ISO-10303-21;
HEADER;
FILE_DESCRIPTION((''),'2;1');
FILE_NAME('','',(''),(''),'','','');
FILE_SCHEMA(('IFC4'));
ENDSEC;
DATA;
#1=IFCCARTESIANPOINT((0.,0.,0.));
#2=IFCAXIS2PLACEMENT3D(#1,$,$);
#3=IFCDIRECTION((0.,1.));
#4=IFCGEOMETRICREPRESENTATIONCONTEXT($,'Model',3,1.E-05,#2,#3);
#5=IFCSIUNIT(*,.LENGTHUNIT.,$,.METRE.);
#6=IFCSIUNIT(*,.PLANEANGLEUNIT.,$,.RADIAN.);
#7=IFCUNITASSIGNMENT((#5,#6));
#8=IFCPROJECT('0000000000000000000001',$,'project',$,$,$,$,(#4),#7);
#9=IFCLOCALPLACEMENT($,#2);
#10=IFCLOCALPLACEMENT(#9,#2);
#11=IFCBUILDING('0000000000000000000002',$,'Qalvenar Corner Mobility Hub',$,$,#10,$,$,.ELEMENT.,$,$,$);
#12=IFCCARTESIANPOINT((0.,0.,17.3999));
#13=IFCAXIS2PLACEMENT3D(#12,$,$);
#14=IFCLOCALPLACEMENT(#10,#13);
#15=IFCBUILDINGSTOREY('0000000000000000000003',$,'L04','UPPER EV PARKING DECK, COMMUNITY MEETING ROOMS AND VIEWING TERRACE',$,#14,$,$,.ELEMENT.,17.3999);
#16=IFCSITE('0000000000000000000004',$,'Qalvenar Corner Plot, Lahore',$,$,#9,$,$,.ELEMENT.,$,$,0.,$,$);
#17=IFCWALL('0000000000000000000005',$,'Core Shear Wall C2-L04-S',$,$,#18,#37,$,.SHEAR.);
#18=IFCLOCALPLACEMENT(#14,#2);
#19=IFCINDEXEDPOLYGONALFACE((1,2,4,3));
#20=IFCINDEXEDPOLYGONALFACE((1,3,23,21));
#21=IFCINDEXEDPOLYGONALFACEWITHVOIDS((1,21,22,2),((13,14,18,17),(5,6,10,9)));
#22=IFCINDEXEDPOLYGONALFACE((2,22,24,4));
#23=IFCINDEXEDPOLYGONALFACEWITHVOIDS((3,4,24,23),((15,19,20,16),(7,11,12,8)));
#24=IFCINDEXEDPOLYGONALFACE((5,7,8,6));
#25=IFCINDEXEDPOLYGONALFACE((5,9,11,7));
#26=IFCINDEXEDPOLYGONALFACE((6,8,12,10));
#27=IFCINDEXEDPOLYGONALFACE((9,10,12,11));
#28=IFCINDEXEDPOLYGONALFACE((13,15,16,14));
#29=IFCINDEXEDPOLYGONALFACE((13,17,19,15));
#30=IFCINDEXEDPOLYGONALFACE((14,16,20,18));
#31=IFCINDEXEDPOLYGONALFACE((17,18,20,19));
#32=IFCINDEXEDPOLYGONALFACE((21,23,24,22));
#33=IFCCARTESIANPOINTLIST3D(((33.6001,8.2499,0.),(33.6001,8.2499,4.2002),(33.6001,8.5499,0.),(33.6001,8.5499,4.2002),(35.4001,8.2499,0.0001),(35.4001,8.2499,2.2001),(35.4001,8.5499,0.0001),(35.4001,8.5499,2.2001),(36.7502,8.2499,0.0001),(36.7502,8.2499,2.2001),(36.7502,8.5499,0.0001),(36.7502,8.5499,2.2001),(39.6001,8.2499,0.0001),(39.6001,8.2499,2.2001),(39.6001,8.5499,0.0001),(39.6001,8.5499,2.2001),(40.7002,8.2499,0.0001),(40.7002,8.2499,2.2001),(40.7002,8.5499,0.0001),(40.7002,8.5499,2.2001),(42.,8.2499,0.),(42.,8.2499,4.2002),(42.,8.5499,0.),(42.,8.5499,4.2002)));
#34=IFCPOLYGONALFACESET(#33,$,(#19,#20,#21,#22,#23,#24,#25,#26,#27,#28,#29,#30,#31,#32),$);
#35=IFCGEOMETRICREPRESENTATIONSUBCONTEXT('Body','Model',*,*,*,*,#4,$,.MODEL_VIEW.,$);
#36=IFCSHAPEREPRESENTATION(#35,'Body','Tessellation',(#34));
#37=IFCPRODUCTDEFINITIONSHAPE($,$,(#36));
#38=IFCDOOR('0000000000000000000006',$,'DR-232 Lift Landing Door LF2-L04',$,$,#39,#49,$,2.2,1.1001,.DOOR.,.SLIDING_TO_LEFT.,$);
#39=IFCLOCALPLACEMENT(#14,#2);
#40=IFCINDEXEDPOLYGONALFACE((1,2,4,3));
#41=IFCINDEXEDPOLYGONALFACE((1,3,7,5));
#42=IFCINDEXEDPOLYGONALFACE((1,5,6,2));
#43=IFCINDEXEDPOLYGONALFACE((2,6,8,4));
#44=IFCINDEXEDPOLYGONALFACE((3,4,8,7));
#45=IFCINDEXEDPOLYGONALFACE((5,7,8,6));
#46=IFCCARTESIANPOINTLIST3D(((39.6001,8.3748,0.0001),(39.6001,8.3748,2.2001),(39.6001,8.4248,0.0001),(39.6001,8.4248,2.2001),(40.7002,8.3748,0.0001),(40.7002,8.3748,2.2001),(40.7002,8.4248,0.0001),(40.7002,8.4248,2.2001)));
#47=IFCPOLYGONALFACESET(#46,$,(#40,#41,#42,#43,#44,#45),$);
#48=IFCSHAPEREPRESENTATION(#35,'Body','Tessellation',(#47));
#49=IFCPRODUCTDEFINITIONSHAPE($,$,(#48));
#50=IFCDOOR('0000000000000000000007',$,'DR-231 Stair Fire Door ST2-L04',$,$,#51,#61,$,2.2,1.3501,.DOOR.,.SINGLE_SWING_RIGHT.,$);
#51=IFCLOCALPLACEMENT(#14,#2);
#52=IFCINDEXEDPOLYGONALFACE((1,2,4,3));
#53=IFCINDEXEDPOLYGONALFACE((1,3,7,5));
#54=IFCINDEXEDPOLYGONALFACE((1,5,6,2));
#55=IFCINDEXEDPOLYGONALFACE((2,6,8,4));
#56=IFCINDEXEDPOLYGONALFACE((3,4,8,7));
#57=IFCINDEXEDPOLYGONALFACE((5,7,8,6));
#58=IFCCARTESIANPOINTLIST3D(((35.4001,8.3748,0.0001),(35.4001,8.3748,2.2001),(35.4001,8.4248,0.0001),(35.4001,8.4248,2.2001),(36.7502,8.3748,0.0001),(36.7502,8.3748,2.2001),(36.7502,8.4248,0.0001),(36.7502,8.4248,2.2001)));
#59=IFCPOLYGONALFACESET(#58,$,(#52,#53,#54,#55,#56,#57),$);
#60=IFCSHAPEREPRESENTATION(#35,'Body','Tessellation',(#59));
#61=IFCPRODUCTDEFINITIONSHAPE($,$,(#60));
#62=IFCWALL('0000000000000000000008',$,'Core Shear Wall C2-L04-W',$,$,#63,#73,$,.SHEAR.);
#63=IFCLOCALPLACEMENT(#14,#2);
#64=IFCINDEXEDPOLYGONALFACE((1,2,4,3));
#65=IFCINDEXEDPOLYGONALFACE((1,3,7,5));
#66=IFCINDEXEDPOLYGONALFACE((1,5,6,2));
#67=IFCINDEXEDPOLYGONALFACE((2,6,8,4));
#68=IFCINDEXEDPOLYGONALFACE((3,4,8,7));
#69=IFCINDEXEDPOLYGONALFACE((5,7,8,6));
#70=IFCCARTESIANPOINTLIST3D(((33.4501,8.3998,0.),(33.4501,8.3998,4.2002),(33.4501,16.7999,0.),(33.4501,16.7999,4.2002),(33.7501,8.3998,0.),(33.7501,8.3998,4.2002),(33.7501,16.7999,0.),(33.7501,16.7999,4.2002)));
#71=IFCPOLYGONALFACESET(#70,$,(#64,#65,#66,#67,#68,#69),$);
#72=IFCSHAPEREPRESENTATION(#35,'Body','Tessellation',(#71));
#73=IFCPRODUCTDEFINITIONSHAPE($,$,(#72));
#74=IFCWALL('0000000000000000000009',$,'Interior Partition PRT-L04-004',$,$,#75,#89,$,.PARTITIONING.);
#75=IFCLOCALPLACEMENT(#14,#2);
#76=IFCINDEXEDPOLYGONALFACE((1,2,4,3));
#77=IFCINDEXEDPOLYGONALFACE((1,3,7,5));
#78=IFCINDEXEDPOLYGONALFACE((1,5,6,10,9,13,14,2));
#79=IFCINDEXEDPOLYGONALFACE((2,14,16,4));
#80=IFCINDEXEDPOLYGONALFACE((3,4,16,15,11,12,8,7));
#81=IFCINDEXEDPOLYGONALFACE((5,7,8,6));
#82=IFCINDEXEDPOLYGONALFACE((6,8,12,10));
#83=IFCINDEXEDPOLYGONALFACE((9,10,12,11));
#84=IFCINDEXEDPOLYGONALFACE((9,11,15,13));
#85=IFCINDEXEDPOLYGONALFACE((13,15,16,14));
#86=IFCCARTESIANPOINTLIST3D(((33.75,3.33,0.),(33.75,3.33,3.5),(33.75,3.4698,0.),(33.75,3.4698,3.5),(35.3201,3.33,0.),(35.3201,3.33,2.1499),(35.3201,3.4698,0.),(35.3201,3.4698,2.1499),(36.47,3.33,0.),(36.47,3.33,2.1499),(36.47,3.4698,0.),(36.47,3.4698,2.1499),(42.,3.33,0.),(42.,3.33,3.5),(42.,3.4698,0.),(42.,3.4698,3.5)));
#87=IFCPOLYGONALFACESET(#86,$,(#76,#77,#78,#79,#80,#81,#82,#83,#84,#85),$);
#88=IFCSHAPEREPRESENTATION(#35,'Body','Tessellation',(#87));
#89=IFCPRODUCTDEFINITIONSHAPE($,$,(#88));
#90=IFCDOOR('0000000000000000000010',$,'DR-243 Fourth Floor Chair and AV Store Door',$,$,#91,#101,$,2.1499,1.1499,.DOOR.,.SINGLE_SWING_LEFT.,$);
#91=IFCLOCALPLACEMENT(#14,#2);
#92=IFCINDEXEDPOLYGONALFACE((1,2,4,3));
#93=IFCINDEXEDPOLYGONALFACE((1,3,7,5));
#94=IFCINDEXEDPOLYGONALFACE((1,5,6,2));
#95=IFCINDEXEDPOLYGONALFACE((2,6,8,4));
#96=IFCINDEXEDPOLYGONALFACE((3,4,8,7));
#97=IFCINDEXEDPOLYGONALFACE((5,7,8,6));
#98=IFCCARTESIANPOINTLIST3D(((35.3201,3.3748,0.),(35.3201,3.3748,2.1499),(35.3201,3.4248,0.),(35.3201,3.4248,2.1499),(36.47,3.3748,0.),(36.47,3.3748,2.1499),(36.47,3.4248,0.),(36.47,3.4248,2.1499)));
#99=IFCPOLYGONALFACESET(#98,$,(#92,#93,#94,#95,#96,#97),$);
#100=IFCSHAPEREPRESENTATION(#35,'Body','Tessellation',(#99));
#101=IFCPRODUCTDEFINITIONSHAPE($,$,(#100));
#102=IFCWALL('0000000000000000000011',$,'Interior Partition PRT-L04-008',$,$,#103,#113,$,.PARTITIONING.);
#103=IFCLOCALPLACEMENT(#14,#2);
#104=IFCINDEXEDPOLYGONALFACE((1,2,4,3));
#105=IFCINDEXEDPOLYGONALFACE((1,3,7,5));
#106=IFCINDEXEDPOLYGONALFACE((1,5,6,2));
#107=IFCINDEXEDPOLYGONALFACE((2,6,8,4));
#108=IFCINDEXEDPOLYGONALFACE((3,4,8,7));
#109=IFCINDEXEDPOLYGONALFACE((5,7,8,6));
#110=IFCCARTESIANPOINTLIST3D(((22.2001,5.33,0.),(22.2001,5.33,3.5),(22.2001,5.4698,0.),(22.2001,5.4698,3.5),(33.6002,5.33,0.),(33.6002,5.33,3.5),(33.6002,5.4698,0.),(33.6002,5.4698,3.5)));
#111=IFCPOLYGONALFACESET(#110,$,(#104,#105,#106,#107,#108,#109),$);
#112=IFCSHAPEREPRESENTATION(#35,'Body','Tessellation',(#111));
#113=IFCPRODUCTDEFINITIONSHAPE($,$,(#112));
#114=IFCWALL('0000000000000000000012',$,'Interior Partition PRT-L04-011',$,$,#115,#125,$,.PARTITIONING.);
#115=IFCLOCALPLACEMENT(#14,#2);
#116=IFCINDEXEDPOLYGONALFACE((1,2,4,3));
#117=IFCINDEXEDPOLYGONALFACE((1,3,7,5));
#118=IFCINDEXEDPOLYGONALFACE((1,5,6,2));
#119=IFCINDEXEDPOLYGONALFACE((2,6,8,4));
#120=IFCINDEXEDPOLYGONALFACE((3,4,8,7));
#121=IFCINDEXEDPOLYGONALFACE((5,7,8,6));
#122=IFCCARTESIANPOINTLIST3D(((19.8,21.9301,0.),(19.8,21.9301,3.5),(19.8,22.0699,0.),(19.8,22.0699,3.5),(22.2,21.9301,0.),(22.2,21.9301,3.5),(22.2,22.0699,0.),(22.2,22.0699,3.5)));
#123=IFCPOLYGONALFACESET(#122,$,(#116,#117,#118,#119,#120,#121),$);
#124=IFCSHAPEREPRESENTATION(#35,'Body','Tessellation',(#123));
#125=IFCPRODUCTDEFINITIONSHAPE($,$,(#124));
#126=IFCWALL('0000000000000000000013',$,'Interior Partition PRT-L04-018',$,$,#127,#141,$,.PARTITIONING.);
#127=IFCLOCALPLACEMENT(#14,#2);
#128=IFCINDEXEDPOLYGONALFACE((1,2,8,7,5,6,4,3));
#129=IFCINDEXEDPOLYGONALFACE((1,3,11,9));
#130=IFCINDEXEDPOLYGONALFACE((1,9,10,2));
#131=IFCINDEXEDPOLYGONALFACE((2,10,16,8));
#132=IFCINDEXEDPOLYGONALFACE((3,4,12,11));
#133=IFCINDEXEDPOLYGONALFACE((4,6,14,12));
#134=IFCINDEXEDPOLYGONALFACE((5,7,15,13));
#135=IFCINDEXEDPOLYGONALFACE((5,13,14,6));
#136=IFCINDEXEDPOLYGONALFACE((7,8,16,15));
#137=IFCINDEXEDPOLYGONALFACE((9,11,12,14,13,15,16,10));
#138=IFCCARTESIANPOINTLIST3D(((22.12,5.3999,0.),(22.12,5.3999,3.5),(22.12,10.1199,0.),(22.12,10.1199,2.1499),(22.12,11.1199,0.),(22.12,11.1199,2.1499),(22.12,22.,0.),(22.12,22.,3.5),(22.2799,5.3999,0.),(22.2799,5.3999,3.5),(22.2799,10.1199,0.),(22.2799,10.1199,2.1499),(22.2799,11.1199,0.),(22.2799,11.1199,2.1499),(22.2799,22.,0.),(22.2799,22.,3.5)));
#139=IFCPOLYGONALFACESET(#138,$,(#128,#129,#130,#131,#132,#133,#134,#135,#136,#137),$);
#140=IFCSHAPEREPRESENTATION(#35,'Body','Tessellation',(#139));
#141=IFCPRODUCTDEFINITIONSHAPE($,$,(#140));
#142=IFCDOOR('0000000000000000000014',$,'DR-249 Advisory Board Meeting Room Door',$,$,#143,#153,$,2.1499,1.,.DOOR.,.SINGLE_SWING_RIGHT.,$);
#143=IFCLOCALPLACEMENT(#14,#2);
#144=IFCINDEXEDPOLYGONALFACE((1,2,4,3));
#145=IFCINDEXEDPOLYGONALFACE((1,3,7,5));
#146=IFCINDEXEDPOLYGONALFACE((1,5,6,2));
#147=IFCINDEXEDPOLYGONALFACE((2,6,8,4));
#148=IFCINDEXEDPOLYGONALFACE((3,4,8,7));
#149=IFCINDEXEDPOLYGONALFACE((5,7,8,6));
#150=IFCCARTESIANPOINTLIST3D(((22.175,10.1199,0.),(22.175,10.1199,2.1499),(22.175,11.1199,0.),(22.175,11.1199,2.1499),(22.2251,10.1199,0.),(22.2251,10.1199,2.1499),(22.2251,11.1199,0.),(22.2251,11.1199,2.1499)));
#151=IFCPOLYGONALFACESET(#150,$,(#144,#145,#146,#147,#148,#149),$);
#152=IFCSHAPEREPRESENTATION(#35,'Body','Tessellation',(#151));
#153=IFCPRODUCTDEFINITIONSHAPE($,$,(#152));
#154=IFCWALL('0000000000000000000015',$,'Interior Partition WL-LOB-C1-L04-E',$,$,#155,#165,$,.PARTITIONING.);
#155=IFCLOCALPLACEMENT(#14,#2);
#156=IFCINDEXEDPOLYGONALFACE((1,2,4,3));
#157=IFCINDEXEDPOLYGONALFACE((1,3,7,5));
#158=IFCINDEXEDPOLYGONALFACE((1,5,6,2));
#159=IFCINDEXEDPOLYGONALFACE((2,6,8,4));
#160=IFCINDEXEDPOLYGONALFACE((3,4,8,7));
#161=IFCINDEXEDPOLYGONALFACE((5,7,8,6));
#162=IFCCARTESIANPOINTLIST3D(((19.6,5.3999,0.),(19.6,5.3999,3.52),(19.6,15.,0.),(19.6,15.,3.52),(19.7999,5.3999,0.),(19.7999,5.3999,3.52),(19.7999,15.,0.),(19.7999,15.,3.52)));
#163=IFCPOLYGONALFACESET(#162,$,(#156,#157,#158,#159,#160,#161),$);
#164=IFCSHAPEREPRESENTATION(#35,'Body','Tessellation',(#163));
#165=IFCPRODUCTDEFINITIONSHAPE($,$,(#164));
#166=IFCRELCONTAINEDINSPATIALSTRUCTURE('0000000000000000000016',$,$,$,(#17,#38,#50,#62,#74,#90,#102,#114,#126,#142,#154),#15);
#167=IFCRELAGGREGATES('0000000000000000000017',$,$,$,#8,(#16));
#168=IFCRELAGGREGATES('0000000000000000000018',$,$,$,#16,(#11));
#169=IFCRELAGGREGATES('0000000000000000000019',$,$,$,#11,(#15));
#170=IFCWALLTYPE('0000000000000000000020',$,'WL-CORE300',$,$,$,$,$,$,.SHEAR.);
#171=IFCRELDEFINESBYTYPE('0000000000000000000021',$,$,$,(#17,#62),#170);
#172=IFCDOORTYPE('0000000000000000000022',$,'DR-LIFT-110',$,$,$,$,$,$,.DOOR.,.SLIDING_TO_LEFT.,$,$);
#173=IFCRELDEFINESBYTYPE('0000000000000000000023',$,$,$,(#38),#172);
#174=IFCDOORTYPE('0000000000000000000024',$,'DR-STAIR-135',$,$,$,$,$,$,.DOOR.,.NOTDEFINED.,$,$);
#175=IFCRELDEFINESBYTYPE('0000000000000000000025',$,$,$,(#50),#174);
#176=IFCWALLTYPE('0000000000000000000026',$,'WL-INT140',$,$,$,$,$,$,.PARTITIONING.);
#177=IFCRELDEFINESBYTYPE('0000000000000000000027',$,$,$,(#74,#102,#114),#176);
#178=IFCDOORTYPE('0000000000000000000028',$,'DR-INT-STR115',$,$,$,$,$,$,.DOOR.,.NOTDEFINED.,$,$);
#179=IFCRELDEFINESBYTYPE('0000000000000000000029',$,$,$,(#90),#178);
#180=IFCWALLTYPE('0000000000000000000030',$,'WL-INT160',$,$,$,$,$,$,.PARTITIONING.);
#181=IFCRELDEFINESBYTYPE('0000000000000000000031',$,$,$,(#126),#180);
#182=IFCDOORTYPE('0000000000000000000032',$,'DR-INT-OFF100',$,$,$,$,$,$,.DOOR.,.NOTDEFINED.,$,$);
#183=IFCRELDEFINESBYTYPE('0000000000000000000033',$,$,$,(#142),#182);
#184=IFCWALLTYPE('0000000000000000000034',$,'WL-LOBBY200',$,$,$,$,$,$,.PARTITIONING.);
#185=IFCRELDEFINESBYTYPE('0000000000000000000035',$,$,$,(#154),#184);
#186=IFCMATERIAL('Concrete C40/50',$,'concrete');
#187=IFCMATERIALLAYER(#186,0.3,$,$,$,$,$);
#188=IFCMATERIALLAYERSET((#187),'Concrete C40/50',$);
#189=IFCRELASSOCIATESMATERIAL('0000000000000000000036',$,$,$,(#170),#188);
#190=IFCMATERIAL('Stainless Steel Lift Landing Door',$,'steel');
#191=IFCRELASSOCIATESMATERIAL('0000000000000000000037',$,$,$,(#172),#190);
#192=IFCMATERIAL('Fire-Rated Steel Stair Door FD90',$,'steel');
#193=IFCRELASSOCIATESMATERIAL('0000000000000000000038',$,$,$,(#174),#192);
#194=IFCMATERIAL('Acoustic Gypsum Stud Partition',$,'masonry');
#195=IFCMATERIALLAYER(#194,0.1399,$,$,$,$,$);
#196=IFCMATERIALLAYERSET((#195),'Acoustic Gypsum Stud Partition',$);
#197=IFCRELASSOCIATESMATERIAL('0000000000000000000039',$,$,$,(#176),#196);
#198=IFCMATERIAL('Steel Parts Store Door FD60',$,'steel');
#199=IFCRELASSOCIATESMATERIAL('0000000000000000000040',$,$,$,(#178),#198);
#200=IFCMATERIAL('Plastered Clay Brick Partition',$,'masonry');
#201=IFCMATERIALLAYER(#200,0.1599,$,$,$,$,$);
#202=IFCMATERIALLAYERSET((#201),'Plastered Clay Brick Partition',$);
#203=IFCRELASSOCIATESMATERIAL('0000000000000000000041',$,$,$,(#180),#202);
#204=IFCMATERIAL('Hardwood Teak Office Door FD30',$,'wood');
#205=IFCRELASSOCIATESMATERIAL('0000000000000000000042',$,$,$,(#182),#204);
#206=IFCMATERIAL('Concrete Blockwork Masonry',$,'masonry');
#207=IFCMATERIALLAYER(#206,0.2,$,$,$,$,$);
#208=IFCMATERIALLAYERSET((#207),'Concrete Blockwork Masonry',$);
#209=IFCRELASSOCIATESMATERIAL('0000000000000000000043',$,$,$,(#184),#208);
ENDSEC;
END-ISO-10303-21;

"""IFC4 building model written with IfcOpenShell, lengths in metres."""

from ifc_helpers import new_model, si_unit, direction, frame, frame_2d, origin, place, context, subcontext, project, spatial, rectangle, extrude, material, layer, layer_set, type_object, element, fill, save


model = new_model("IFC4")

# Units and contexts
model_context = context("Model", 3, precision=1e-05, world=origin(), true_north=direction((0.0, 1.0)))
body_context = subcontext(model_context, "Body", "Model", "MODEL_VIEW")
ifc_project = project(units=[si_unit("LENGTHUNIT", "METRE"), si_unit("PLANEANGLEUNIT", "RADIAN")], contexts=[model_context])

# Site, building, storey
site_placement = place(None, origin())
site = spatial("IfcSite", under=ifc_project, at=site_placement, Name="Qalvenar Corner Plot, Lahore", CompositionType="ELEMENT", RefElevation=0.0)
building_placement = place(site_placement, origin())
building = spatial("IfcBuilding", under=site, at=building_placement, Name="Qalvenar Corner Mobility Hub", CompositionType="ELEMENT")
storey_placement = place(building_placement, frame((0.0, 0.0, 17.3999)))
storey = spatial("IfcBuildingStorey", under=building, at=storey_placement, Name="L04", Description="UPPER EV PARKING DECK, COMMUNITY MEETING ROOMS AND VIEWING TERRACE", CompositionType="ELEMENT", Elevation=17.3999)

# Wall, openings, doors
ifc_material_1 = material(Name="Concrete C40/50", Category="concrete")
ifc_layer_1 = layer(ifc_material_1, 0.3)
ifc_layer_set_1 = layer_set([ifc_layer_1], Name="Concrete C40/50")
wall_type_1 = type_object("IfcWallType", Name="WL-CORE300", PredefinedType="SHEAR", material=ifc_layer_set_1)
wall_1_placement = place(storey_placement, frame((33.6001, 8.3999, 0.0), z_axis=(0.0, 0.0, 1.0), x_axis=(1.0, 0.0, 0.0)))
wall_1 = element("IfcWall", 1, at=wall_1_placement, inside=storey, type_object=wall_type_1, Name="Core Shear Wall C2-L04-S", PredefinedType="SHEAR", context=body_context, shape_type="SweptSolid", body=[
    extrude(rectangle(XDim=8.3999, YDim=0.3, at=frame_2d((4.2, 0.0))), origin(), (0.0, 0.0, 1.0), 4.2002),
])
opening_1_placement = place(wall_1_placement, frame((1.8, 0.0, 0.0)))
opening_1 = element("IfcOpeningElement", 2, at=opening_1_placement, cuts=wall_1, PredefinedType="OPENING", context=body_context, shape_type="SweptSolid", body=[
    extrude(rectangle(XDim=1.3501, YDim=2.2, at=frame_2d((0.675, 1.1001))), frame((0.0, 0.1602, 0.0), z_axis=(0.0, -1.0, 0.0), x_axis=(1.0, 0.0, 0.0)), (0.0, 0.0, 1.0), 0.3201),
])
opening_2_placement = place(wall_1_placement, frame((6.0, 0.0, 0.0)))
opening_2 = element("IfcOpeningElement", 3, at=opening_2_placement, cuts=wall_1, PredefinedType="OPENING", context=body_context, shape_type="SweptSolid", body=[
    extrude(rectangle(XDim=1.1001, YDim=2.2, at=frame_2d((0.55, 1.1001))), frame((0.0, 0.1602, 0.0), z_axis=(0.0, -1.0, 0.0), x_axis=(1.0, 0.0, 0.0)), (0.0, 0.0, 1.0), 0.3201),
])
ifc_material_2 = material(Name="Stainless Steel Lift Landing Door", Category="steel")
door_type_1 = type_object("IfcDoorType", Name="DR-LIFT-110", OperationType="SLIDING_TO_LEFT", PredefinedType="DOOR", material=ifc_material_2)
door_1_placement = place(opening_2_placement, origin())
door_1 = element("IfcDoor", 4, at=door_1_placement, inside=storey, type_object=door_type_1, Name="DR-232 Lift Landing Door LF2-L04", OperationType="SLIDING_TO_LEFT", OverallHeight=2.2, OverallWidth=1.1001, PredefinedType="DOOR", context=body_context, shape_type="SweptSolid", body=[
    extrude(rectangle(XDim=1.1001, YDim=2.2, at=frame_2d((0.55, 1.1001))), frame((0.0, 0.0249, 0.0), z_axis=(0.0, -1.0, 0.0), x_axis=(1.0, 0.0, 0.0)), (0.0, 0.0, 1.0), 0.05),
])
fill(opening_2, door_1)
ifc_material_3 = material(Name="Fire-Rated Steel Stair Door FD90", Category="steel")
door_type_2 = type_object("IfcDoorType", Name="DR-STAIR-135", OperationType="NOTDEFINED", PredefinedType="DOOR", material=ifc_material_3)
door_2_placement = place(opening_1_placement, origin())
door_2 = element("IfcDoor", 5, at=door_2_placement, inside=storey, type_object=door_type_2, Name="DR-231 Stair Fire Door ST2-L04", OperationType="SINGLE_SWING_RIGHT", OverallHeight=2.2, OverallWidth=1.3501, PredefinedType="DOOR", context=body_context, shape_type="SweptSolid", body=[
    extrude(rectangle(XDim=1.3501, YDim=2.2, at=frame_2d((0.675, 1.1001))), frame((0.0, 0.0249, 0.0), z_axis=(0.0, -1.0, 0.0), x_axis=(1.0, 0.0, 0.0)), (0.0, 0.0, 1.0), 0.05),
])
fill(opening_1, door_2)

# Wall
wall_2_placement = place(storey_placement, frame((33.6001, 16.8, 0.0), z_axis=(0.0, 0.0, 1.0), x_axis=(0.0, -1.0, 0.0)))
element("IfcWall", 6, at=wall_2_placement, inside=storey, type_object=wall_type_1, Name="Core Shear Wall C2-L04-W", PredefinedType="SHEAR", context=body_context, shape_type="SweptSolid", body=[
    extrude(rectangle(XDim=8.4001, YDim=0.3, at=frame_2d((4.2002, 0.0))), origin(), (0.0, 0.0, 1.0), 4.2002),
])

# Wall, opening, door
ifc_material_4 = material(Name="Acoustic Gypsum Stud Partition", Category="masonry")
ifc_layer_2 = layer(ifc_material_4, 0.1399)
ifc_layer_set_2 = layer_set([ifc_layer_2], Name="Acoustic Gypsum Stud Partition")
wall_type_2 = type_object("IfcWallType", Name="WL-INT140", PredefinedType="PARTITIONING", material=ifc_layer_set_2)
wall_3_placement = place(storey_placement, frame((33.75, 3.3999, 0.0), z_axis=(0.0, 0.0, 1.0), x_axis=(1.0, 0.0, 0.0)))
wall_3 = element("IfcWall", 7, at=wall_3_placement, inside=storey, type_object=wall_type_2, Name="Interior Partition PRT-L04-004", PredefinedType="PARTITIONING", context=body_context, shape_type="SweptSolid", body=[
    extrude(rectangle(XDim=8.25, YDim=0.1399, at=frame_2d((4.125, 0.0))), origin(), (0.0, 0.0, 1.0), 3.5),
])
opening_3_placement = place(wall_3_placement, frame((1.5701, 0.0, 0.0)))
opening_3 = element("IfcOpeningElement", 8, at=opening_3_placement, cuts=wall_3, PredefinedType="OPENING", context=body_context, shape_type="SweptSolid", body=[
    extrude(rectangle(XDim=1.1499, YDim=2.1499, at=frame_2d((0.575, 1.075))), frame((0.0, 0.0801, 0.0), z_axis=(0.0, -1.0, 0.0), x_axis=(1.0, 0.0, 0.0)), (0.0, 0.0, 1.0), 0.1599),
])
ifc_material_5 = material(Name="Steel Parts Store Door FD60", Category="steel")
door_type_3 = type_object("IfcDoorType", Name="DR-INT-STR115", OperationType="NOTDEFINED", PredefinedType="DOOR", material=ifc_material_5)
door_3_placement = place(opening_3_placement, origin())
door_3 = element("IfcDoor", 9, at=door_3_placement, inside=storey, type_object=door_type_3, Name="DR-243 Fourth Floor Chair and AV Store Door", OperationType="SINGLE_SWING_LEFT", OverallHeight=2.1499, OverallWidth=1.1499, PredefinedType="DOOR", context=body_context, shape_type="SweptSolid", body=[
    extrude(rectangle(XDim=1.1499, YDim=2.1499, at=frame_2d((0.575, 1.075))), frame((0.0, 0.0249, 0.0), z_axis=(0.0, -1.0, 0.0), x_axis=(1.0, 0.0, 0.0)), (0.0, 0.0, 1.0), 0.05),
])
fill(opening_3, door_3)

# Walls
wall_4_placement = place(storey_placement, frame((22.2, 5.3999, 0.0), z_axis=(0.0, 0.0, 1.0), x_axis=(1.0, 0.0, 0.0)))
element("IfcWall", 10, at=wall_4_placement, inside=storey, type_object=wall_type_2, Name="Interior Partition PRT-L04-008", PredefinedType="PARTITIONING", context=body_context, shape_type="SweptSolid", body=[
    extrude(rectangle(XDim=11.4001, YDim=0.1399, at=frame_2d((5.7002, 0.0))), origin(), (0.0, 0.0, 1.0), 3.5),
])
wall_5_placement = place(storey_placement, frame((19.8, 22.0, 0.0), z_axis=(0.0, 0.0, 1.0), x_axis=(1.0, 0.0, 0.0)))
element("IfcWall", 11, at=wall_5_placement, inside=storey, type_object=wall_type_2, Name="Interior Partition PRT-L04-011", PredefinedType="PARTITIONING", context=body_context, shape_type="SweptSolid", body=[
    extrude(rectangle(XDim=2.3999, YDim=0.1399, at=frame_2d((1.2, 0.0))), origin(), (0.0, 0.0, 1.0), 3.5),
])

# Wall, opening, door
ifc_material_6 = material(Name="Plastered Clay Brick Partition", Category="masonry")
ifc_layer_3 = layer(ifc_material_6, 0.1599)
ifc_layer_set_3 = layer_set([ifc_layer_3], Name="Plastered Clay Brick Partition")
wall_type_3 = type_object("IfcWallType", Name="WL-INT160", PredefinedType="PARTITIONING", material=ifc_layer_set_3)
wall_6_placement = place(storey_placement, frame((22.2, 5.3999, 0.0), z_axis=(0.0, 0.0, 1.0), x_axis=(0.0, 1.0, 0.0)))
wall_6 = element("IfcWall", 12, at=wall_6_placement, inside=storey, type_object=wall_type_3, Name="Interior Partition PRT-L04-018", PredefinedType="PARTITIONING", context=body_context, shape_type="SweptSolid", body=[
    extrude(rectangle(XDim=16.6001, YDim=0.1599, at=frame_2d((8.3, 0.0))), origin(), (0.0, 0.0, 1.0), 3.5),
])
opening_4_placement = place(wall_6_placement, frame((4.72, 0.0, 0.0)))
opening_4 = element("IfcOpeningElement", 13, at=opening_4_placement, cuts=wall_6, PredefinedType="OPENING", context=body_context, shape_type="SweptSolid", body=[
    extrude(rectangle(XDim=1.0, YDim=2.1499, at=frame_2d((0.5, 1.075))), frame((0.0, 0.0898, 0.0), z_axis=(0.0, -1.0, 0.0), x_axis=(1.0, 0.0, 0.0)), (0.0, 0.0, 1.0), 0.1799),
])
ifc_material_7 = material(Name="Hardwood Teak Office Door FD30", Category="wood")
door_type_4 = type_object("IfcDoorType", Name="DR-INT-OFF100", OperationType="NOTDEFINED", PredefinedType="DOOR", material=ifc_material_7)
door_4_placement = place(opening_4_placement, origin())
door_4 = element("IfcDoor", 14, at=door_4_placement, inside=storey, type_object=door_type_4, Name="DR-249 Advisory Board Meeting Room Door", OperationType="SINGLE_SWING_RIGHT", OverallHeight=2.1499, OverallWidth=1.0, PredefinedType="DOOR", context=body_context, shape_type="SweptSolid", body=[
    extrude(rectangle(XDim=1.0, YDim=2.1499, at=frame_2d((0.5, 1.075))), frame((0.0, 0.0249, 0.0), z_axis=(0.0, -1.0, 0.0), x_axis=(1.0, 0.0, 0.0)), (0.0, 0.0, 1.0), 0.05),
])
fill(opening_4, door_4)

# Wall
ifc_material_8 = material(Name="Concrete Blockwork Masonry", Category="masonry")
ifc_layer_4 = layer(ifc_material_8, 0.2)
ifc_layer_set_4 = layer_set([ifc_layer_4], Name="Concrete Blockwork Masonry")
wall_type_4 = type_object("IfcWallType", Name="WL-LOBBY200", PredefinedType="PARTITIONING", material=ifc_layer_set_4)
wall_7_placement = place(storey_placement, frame((19.7, 5.3999, 0.0), z_axis=(0.0, 0.0, 1.0), x_axis=(0.0, 1.0, 0.0)))
element("IfcWall", 15, at=wall_7_placement, inside=storey, type_object=wall_type_4, Name="Interior Partition WL-LOB-C1-L04-E", PredefinedType="PARTITIONING", context=body_context, shape_type="SweptSolid", body=[
    extrude(rectangle(XDim=9.6001, YDim=0.2, at=frame_2d((4.8, 0.0))), origin(), (0.0, 0.0, 1.0), 3.52),
])

save(model, "model.ifc")
